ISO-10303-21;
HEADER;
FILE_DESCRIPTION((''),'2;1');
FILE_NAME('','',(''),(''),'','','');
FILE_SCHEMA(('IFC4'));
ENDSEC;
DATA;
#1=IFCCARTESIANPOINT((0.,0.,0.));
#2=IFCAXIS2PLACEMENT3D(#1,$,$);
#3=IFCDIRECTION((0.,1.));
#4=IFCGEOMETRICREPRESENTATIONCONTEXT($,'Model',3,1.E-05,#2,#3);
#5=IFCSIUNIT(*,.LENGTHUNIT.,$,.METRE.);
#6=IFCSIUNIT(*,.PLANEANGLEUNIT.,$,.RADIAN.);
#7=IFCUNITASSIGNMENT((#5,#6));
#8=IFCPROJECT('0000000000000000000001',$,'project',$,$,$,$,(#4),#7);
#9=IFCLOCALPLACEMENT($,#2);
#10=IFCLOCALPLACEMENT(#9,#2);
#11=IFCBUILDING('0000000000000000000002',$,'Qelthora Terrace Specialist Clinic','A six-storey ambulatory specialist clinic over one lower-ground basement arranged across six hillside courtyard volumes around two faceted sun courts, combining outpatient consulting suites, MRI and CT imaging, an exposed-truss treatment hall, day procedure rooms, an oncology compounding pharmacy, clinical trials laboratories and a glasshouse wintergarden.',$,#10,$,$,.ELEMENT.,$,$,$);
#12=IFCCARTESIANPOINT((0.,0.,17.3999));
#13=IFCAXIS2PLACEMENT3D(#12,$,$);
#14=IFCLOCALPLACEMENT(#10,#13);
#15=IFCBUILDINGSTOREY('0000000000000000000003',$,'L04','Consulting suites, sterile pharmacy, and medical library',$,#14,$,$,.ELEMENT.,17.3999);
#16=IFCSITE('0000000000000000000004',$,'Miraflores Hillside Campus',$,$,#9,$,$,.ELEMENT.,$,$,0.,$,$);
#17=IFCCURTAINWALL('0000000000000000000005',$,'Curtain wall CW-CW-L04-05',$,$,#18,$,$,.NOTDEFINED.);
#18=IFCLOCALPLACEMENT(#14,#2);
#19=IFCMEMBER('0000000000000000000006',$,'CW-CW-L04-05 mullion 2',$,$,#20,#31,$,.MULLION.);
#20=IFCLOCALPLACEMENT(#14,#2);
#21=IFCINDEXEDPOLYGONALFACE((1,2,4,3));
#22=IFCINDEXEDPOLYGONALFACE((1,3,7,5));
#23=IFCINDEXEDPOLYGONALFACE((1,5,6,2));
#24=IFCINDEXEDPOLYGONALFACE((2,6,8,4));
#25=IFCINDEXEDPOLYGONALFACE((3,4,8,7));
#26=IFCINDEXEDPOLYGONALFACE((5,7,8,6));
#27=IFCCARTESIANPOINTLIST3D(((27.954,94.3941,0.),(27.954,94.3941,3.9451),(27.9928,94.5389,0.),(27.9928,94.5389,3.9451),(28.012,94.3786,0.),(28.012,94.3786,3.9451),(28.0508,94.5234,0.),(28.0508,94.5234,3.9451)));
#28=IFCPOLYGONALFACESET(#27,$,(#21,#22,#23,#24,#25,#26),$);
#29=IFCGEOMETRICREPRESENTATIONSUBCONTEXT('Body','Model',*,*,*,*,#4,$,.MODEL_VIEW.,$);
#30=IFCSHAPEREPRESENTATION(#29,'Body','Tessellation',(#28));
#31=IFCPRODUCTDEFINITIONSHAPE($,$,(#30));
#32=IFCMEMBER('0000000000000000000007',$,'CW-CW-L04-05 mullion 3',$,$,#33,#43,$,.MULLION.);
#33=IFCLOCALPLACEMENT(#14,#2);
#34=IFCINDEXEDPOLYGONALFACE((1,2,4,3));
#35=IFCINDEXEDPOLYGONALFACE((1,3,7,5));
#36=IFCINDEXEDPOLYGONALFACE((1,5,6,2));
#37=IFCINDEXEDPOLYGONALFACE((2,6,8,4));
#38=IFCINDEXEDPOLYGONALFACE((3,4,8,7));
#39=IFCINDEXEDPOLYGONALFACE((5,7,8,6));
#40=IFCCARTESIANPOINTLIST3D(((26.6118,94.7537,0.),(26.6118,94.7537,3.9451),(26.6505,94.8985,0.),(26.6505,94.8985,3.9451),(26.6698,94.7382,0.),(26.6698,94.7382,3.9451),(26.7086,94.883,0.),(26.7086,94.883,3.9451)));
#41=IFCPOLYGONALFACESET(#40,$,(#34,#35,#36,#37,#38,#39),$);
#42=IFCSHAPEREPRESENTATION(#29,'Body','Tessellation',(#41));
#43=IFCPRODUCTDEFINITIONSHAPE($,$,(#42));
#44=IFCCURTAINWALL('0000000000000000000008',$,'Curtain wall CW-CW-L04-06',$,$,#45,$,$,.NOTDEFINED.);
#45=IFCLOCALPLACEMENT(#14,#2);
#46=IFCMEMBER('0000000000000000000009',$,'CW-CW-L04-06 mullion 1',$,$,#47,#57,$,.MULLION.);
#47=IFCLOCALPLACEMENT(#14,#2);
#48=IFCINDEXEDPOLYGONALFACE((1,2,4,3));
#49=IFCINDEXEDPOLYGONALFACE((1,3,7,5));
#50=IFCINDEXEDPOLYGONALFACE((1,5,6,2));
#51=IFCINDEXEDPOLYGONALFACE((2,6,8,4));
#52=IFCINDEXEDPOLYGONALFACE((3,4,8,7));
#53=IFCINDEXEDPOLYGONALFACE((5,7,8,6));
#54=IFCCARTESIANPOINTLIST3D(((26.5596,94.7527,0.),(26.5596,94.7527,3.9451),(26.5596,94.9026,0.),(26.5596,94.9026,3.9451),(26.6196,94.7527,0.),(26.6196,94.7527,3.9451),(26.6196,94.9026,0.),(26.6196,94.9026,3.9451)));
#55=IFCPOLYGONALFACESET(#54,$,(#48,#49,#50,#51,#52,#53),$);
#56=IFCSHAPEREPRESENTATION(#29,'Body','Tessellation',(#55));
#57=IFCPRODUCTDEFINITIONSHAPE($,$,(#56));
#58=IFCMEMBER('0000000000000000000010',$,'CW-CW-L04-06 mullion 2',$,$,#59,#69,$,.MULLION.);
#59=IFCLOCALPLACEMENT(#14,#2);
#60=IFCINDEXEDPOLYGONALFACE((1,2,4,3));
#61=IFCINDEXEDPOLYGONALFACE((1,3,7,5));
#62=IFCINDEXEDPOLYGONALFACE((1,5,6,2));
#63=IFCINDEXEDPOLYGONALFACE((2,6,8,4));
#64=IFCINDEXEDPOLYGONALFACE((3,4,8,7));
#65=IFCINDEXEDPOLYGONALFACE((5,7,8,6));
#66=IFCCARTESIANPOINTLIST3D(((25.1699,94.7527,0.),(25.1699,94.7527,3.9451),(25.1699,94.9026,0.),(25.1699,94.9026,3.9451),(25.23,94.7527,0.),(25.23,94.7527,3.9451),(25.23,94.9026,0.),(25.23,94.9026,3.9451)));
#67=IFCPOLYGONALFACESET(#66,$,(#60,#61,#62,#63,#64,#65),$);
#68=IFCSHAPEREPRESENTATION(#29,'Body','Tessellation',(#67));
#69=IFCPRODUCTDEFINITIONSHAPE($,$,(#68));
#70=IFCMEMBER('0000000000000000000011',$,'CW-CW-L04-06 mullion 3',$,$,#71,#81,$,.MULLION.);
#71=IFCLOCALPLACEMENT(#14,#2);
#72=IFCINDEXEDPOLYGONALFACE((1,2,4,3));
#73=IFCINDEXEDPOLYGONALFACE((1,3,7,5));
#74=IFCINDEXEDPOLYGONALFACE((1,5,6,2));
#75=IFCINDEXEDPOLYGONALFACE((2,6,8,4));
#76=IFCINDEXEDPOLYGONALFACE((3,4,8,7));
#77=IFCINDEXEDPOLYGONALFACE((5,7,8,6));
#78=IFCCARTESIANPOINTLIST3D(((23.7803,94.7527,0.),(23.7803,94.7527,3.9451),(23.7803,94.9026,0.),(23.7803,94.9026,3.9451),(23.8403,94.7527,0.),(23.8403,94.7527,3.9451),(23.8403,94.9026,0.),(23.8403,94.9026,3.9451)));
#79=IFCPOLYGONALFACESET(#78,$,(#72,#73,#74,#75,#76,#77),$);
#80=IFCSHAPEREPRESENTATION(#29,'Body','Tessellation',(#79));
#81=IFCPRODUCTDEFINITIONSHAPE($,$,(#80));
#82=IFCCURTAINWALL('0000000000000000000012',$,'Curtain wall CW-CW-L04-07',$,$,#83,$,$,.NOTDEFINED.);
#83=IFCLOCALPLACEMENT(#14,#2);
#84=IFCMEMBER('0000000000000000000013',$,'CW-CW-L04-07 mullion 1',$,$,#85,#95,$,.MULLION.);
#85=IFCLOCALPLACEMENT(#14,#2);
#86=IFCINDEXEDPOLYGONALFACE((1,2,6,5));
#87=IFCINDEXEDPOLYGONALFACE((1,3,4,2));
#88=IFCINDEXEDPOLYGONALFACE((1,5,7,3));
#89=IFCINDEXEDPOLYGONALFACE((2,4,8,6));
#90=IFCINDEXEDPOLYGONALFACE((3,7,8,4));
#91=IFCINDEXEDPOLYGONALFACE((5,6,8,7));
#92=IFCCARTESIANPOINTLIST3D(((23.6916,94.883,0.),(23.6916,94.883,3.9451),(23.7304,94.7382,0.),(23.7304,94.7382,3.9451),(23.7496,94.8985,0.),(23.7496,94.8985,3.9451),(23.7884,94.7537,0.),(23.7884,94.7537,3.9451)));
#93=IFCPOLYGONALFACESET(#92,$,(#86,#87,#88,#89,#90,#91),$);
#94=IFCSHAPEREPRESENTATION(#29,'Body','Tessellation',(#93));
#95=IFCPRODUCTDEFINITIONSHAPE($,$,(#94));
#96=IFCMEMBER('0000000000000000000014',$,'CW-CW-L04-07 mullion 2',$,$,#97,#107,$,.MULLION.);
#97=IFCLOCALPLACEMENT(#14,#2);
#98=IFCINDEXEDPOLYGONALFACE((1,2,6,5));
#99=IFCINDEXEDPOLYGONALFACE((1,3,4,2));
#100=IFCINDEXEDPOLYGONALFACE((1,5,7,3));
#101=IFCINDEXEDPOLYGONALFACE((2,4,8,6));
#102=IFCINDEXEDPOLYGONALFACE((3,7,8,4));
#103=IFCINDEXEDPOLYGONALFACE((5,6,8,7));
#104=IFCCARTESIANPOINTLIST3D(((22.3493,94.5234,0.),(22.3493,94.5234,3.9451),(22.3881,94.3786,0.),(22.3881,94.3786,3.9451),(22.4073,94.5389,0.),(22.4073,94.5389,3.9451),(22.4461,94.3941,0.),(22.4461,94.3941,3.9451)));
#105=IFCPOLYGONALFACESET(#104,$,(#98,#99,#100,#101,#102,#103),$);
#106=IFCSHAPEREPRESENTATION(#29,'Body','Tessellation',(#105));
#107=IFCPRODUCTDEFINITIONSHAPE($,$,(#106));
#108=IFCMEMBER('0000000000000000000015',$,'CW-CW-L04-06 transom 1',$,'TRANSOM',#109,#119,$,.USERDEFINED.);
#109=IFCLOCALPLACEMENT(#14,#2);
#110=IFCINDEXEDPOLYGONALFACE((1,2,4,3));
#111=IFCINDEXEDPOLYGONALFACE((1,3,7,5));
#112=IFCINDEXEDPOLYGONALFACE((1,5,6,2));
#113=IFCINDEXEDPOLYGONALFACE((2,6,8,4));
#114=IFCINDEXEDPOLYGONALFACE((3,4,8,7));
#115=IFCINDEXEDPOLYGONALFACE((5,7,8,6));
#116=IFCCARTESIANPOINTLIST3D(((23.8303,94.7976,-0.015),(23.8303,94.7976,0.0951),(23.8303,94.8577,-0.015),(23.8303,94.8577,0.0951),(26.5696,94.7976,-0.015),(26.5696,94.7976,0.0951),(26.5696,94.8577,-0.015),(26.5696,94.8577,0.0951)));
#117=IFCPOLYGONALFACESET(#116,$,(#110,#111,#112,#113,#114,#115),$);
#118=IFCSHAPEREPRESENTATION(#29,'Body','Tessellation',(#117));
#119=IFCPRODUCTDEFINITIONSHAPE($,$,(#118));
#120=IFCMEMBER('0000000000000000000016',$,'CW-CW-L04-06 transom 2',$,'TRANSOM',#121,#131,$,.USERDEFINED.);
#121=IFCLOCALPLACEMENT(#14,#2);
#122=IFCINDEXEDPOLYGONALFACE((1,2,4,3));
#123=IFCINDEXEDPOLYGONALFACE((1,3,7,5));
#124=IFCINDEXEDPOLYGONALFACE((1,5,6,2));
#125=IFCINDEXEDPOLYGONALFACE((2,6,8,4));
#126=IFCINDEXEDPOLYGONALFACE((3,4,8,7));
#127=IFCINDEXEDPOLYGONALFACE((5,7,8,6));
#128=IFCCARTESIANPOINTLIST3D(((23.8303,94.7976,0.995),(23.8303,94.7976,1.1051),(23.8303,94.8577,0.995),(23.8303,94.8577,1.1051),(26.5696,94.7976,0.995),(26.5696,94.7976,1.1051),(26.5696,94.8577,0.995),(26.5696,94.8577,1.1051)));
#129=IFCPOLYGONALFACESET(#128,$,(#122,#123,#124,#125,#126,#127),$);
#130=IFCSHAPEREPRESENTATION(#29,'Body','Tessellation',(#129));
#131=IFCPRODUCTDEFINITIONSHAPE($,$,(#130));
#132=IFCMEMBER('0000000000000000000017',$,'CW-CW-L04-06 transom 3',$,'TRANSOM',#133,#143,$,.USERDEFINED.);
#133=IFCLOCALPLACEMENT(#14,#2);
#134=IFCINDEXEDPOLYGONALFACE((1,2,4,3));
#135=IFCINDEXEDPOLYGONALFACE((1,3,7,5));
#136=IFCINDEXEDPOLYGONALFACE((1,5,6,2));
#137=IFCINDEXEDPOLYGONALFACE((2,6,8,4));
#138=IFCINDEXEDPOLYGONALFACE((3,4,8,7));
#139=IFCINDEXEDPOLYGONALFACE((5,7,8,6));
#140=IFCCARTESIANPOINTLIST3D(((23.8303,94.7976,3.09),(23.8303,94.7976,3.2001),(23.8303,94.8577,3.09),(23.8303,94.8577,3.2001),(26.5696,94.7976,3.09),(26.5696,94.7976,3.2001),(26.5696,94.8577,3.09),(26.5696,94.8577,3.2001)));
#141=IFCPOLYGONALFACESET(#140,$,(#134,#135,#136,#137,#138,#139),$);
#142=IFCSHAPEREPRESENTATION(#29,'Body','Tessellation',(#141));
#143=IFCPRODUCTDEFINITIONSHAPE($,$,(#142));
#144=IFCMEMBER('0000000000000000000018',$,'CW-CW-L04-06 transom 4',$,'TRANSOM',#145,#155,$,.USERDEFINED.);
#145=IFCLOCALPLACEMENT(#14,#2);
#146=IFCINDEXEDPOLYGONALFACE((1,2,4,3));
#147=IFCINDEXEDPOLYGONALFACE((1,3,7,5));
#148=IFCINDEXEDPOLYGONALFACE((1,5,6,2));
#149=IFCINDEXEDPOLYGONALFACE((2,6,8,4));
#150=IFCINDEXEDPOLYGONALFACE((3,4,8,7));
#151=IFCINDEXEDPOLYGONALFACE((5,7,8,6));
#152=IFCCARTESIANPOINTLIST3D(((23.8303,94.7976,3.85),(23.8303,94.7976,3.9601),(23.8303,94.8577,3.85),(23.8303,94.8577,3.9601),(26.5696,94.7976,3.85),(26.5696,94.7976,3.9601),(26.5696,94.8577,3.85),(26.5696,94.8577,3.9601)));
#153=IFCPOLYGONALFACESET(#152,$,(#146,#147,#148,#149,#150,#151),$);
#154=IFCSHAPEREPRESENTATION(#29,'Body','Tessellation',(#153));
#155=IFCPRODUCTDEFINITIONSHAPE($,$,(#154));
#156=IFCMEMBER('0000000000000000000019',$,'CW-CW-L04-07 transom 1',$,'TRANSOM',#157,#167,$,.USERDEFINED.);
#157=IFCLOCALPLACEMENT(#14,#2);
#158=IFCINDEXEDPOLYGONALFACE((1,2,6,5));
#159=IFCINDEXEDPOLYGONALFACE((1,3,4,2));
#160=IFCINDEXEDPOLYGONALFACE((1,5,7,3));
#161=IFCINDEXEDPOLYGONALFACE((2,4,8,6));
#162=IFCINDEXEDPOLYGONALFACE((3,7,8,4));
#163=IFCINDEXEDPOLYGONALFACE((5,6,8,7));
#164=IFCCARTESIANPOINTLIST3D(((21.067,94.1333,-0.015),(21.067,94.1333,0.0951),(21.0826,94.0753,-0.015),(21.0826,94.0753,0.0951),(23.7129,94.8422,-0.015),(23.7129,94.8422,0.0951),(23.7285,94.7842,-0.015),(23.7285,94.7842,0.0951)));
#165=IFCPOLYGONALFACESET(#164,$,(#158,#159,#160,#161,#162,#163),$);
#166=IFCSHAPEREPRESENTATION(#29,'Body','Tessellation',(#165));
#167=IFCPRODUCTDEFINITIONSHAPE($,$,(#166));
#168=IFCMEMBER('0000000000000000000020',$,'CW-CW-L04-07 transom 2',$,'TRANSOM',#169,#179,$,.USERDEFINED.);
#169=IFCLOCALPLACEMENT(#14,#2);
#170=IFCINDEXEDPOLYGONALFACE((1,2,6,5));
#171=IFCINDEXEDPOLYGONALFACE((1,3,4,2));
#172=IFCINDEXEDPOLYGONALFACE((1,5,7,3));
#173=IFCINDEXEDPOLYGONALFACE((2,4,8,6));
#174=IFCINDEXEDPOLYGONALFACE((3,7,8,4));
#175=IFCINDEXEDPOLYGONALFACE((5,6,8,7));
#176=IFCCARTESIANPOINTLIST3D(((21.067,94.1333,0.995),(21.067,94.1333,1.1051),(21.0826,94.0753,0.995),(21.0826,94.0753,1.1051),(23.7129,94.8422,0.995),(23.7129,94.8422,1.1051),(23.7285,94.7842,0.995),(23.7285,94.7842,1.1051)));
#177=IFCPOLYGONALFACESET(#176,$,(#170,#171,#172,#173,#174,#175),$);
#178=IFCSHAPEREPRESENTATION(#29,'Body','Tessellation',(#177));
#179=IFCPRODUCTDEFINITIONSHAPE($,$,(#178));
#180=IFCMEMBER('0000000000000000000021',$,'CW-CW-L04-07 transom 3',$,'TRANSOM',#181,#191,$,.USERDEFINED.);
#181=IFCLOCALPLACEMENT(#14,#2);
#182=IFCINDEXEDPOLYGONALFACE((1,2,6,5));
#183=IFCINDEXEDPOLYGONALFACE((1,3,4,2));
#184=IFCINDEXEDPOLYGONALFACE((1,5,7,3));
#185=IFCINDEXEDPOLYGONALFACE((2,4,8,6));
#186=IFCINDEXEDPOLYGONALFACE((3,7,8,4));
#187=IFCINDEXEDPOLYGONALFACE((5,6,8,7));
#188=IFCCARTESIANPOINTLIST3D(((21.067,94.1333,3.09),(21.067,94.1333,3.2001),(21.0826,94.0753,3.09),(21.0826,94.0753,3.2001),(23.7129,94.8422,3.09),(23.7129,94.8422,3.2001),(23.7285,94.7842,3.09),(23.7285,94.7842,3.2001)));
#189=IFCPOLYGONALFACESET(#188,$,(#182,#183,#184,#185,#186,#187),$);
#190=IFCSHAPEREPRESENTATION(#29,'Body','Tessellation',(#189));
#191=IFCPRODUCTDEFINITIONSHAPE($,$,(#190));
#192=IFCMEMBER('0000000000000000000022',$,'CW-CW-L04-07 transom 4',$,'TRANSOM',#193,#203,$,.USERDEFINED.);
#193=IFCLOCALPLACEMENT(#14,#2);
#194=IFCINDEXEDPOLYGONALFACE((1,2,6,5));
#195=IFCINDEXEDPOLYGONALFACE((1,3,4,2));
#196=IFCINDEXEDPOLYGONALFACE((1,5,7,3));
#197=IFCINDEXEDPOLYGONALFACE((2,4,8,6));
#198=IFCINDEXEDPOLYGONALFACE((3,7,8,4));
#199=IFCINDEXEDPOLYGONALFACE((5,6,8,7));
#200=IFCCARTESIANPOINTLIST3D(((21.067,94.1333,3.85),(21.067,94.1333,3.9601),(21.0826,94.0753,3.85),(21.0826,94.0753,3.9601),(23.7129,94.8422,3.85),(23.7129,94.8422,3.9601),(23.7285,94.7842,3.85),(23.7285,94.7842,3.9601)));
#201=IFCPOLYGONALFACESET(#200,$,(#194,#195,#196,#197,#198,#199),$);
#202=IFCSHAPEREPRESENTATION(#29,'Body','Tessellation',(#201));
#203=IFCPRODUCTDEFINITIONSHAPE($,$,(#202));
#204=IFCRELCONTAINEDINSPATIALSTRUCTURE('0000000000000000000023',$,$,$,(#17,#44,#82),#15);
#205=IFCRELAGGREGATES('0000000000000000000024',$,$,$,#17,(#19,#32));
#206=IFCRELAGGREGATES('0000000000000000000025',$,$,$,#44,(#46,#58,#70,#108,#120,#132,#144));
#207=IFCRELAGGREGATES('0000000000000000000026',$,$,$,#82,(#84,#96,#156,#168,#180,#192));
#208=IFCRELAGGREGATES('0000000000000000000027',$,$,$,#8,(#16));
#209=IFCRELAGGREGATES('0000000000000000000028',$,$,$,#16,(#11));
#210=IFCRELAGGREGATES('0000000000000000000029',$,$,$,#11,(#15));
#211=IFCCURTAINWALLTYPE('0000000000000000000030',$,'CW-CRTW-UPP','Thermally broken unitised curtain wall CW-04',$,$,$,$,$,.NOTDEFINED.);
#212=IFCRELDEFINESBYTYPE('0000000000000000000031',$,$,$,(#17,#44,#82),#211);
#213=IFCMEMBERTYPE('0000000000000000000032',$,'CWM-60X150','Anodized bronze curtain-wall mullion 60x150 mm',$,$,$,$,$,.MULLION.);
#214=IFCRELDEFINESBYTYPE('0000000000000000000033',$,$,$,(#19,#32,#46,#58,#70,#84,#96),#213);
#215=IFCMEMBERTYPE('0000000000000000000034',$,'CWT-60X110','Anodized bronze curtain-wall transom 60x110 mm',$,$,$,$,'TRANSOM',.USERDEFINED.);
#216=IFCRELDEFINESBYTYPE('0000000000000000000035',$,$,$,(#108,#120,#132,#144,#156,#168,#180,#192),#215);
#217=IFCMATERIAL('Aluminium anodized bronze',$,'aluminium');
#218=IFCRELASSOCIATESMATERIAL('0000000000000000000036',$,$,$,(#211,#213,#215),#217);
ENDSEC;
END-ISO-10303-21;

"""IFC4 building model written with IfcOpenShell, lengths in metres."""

from ifc_helpers import new_model, si_unit, direction, frame, origin, origin_2d, place, context, subcontext, project, spatial, rectangle, extrude, material, material_profile, profile_set, type_object, element, aggregate, save


model = new_model("IFC4")

# Units and contexts
model_context = context("Model", 3, precision=1e-05, world=origin(), true_north=direction((0.0, 1.0)))
body_context = subcontext(model_context, "Body", "Model", "MODEL_VIEW")
ifc_project = project(units=[si_unit("LENGTHUNIT", "METRE"), si_unit("PLANEANGLEUNIT", "RADIAN")], contexts=[model_context])

# Site, building, storey
site_placement = place(None, origin())
site = spatial("IfcSite", under=ifc_project, at=site_placement, Name="Miraflores Hillside Campus", CompositionType="ELEMENT", RefElevation=0.0)
building_placement = place(site_placement, origin())
building = spatial("IfcBuilding", under=site, at=building_placement, Name="Qelthora Terrace Specialist Clinic", Description="A six-storey ambulatory specialist clinic over one lower-ground basement arranged across six hillside courtyard volumes around two faceted sun courts, combining outpatient consulting suites, MRI and CT imaging, an exposed-truss treatment hall, day procedure rooms, an oncology compounding pharmacy, clinical trials laboratories and a glasshouse wintergarden.", CompositionType="ELEMENT")
storey_placement = place(building_placement, frame((0.0, 0.0, 17.3999)))
storey = spatial("IfcBuildingStorey", under=building, at=storey_placement, Name="L04", Description="Consulting suites, sterile pharmacy, and medical library", CompositionType="ELEMENT", Elevation=17.3999)

# Curtain walls, members
ifc_material_1 = material(Name="Aluminium anodized bronze", Category="aluminium")
curtain_wall_type = type_object("IfcCurtainWallType", Name="CW-CRTW-UPP", Description="Thermally broken unitised curtain wall CW-04", PredefinedType="NOTDEFINED", material=ifc_material_1)
curtain_wall_1_placement = place(storey_placement, origin())
curtain_wall_1 = element("IfcCurtainWall", 1, at=curtain_wall_1_placement, inside=storey, type_object=curtain_wall_type, Name="Curtain wall CW-CW-L04-05", PredefinedType="NOTDEFINED")
ifc_material_profile_1 = material_profile(ifc_material_1, rectangle(XDim=0.0601, YDim=0.1499, at=origin_2d()), Name="CWM60X150")
ifc_profile_set_1 = profile_set([ifc_material_profile_1], Name="Aluminium anodized bronze")
member_type_1 = type_object("IfcMemberType", Name="CWM-60X150", Description="Anodized bronze curtain-wall mullion 60x150 mm", PredefinedType="MULLION", material=ifc_profile_set_1)
member_1_placement = place(storey_placement, frame((28.0024, 94.4587, 0.0), z_axis=(0.0, 0.0, 1.0), x_axis=(-0.965925, 0.25882, 0.0)))
member_1 = element("IfcMember", 2, at=member_1_placement, type_object=member_type_1, Name="CW-CW-L04-05 mullion 2", PredefinedType="MULLION", context=body_context, shape_type="SweptSolid", body=[
    extrude(rectangle(XDim=0.0601, YDim=0.1499, at=origin_2d()), origin(), (0.0, 0.0, 1.0), 3.9451),
])
member_2_placement = place(storey_placement, frame((26.6602, 94.8184, 0.0), z_axis=(0.0, 0.0, 1.0), x_axis=(-0.965925, 0.25882, 0.0)))
member_2 = element("IfcMember", 3, at=member_2_placement, type_object=member_type_1, Name="CW-CW-L04-05 mullion 3", PredefinedType="MULLION", context=body_context, shape_type="SweptSolid", body=[
    extrude(rectangle(XDim=0.0601, YDim=0.1499, at=origin_2d()), origin(), (0.0, 0.0, 1.0), 3.9451),
])
curtain_wall_2_placement = place(storey_placement, origin())
curtain_wall_2 = element("IfcCurtainWall", 4, at=curtain_wall_2_placement, inside=storey, type_object=curtain_wall_type, Name="Curtain wall CW-CW-L04-06", PredefinedType="NOTDEFINED")
member_3_placement = place(storey_placement, frame((26.5896, 94.8276, 0.0), z_axis=(0.0, 0.0, 1.0), x_axis=(-1.0, 0.0, 0.0)))
member_3 = element("IfcMember", 5, at=member_3_placement, type_object=member_type_1, Name="CW-CW-L04-06 mullion 1", PredefinedType="MULLION", context=body_context, shape_type="SweptSolid", body=[
    extrude(rectangle(XDim=0.0601, YDim=0.1499, at=origin_2d()), origin(), (0.0, 0.0, 1.0), 3.9451),
])
member_4_placement = place(storey_placement, frame((25.2, 94.8276, 0.0), z_axis=(0.0, 0.0, 1.0), x_axis=(-1.0, 0.0, 0.0)))
member_4 = element("IfcMember", 6, at=member_4_placement, type_object=member_type_1, Name="CW-CW-L04-06 mullion 2", PredefinedType="MULLION", context=body_context, shape_type="SweptSolid", body=[
    extrude(rectangle(XDim=0.0601, YDim=0.1499, at=origin_2d()), origin(), (0.0, 0.0, 1.0), 3.9451),
])
member_5_placement = place(storey_placement, frame((23.8103, 94.8276, 0.0), z_axis=(0.0, 0.0, 1.0), x_axis=(-1.0, 0.0, 0.0)))
member_5 = element("IfcMember", 7, at=member_5_placement, type_object=member_type_1, Name="CW-CW-L04-06 mullion 3", PredefinedType="MULLION", context=body_context, shape_type="SweptSolid", body=[
    extrude(rectangle(XDim=0.0601, YDim=0.1499, at=origin_2d()), origin(), (0.0, 0.0, 1.0), 3.9451),
])
curtain_wall_3_placement = place(storey_placement, origin())
curtain_wall_3 = element("IfcCurtainWall", 8, at=curtain_wall_3_placement, inside=storey, type_object=curtain_wall_type, Name="Curtain wall CW-CW-L04-07", PredefinedType="NOTDEFINED")
member_6_placement = place(storey_placement, frame((23.74, 94.8184, 0.0), z_axis=(0.0, 0.0, 1.0), x_axis=(-0.965925, -0.25882, 0.0)))
member_6 = element("IfcMember", 9, at=member_6_placement, type_object=member_type_1, Name="CW-CW-L04-07 mullion 1", PredefinedType="MULLION", context=body_context, shape_type="SweptSolid", body=[
    extrude(rectangle(XDim=0.0601, YDim=0.1499, at=origin_2d()), origin(), (0.0, 0.0, 1.0), 3.9451),
])
member_7_placement = place(storey_placement, frame((22.3977, 94.4587, 0.0), z_axis=(0.0, 0.0, 1.0), x_axis=(-0.965925, -0.25882, 0.0)))
member_7 = element("IfcMember", 10, at=member_7_placement, type_object=member_type_1, Name="CW-CW-L04-07 mullion 2", PredefinedType="MULLION", context=body_context, shape_type="SweptSolid", body=[
    extrude(rectangle(XDim=0.0601, YDim=0.1499, at=origin_2d()), origin(), (0.0, 0.0, 1.0), 3.9451),
])

# Members
ifc_material_profile_2 = material_profile(ifc_material_1, rectangle(XDim=0.0601, YDim=0.1101, at=origin_2d()), Name="CWT60X110")
ifc_profile_set_2 = profile_set([ifc_material_profile_2], Name="Aluminium anodized bronze")
member_type_2 = type_object("IfcMemberType", Name="CWT-60X110", Description="Anodized bronze curtain-wall transom 60x110 mm", ElementType="TRANSOM", PredefinedType="USERDEFINED", material=ifc_profile_set_2)
member_8_placement = place(storey_placement, frame((26.5696, 94.8276, 0.04), z_axis=(-1.0, 0.0, 0.0), x_axis=(0.0, -1.0, 0.0)))
member_8 = element("IfcMember", 11, at=member_8_placement, type_object=member_type_2, Name="CW-CW-L04-06 transom 1", ObjectType="TRANSOM", PredefinedType="USERDEFINED", context=body_context, shape_type="SweptSolid", body=[
    extrude(rectangle(XDim=0.0601, YDim=0.1101, at=origin_2d()), origin(), (0.0, 0.0, 1.0), 2.7393),
])
member_9_placement = place(storey_placement, frame((26.5696, 94.8276, 1.05), z_axis=(-1.0, 0.0, 0.0), x_axis=(0.0, -1.0, 0.0)))
member_9 = element("IfcMember", 12, at=member_9_placement, type_object=member_type_2, Name="CW-CW-L04-06 transom 2", ObjectType="TRANSOM", PredefinedType="USERDEFINED", context=body_context, shape_type="SweptSolid", body=[
    extrude(rectangle(XDim=0.0601, YDim=0.1101, at=origin_2d()), origin(), (0.0, 0.0, 1.0), 2.7393),
])
member_10_placement = place(storey_placement, frame((26.5696, 94.8276, 3.145), z_axis=(-1.0, 0.0, 0.0), x_axis=(0.0, -1.0, 0.0)))
member_10 = element("IfcMember", 13, at=member_10_placement, type_object=member_type_2, Name="CW-CW-L04-06 transom 3", ObjectType="TRANSOM", PredefinedType="USERDEFINED", context=body_context, shape_type="SweptSolid", body=[
    extrude(rectangle(XDim=0.0601, YDim=0.1101, at=origin_2d()), origin(), (0.0, 0.0, 1.0), 2.7393),
])
member_11_placement = place(storey_placement, frame((26.5696, 94.8276, 3.905), z_axis=(-1.0, 0.0, 0.0), x_axis=(0.0, -1.0, 0.0)))
member_11 = element("IfcMember", 14, at=member_11_placement, type_object=member_type_2, Name="CW-CW-L04-06 transom 4", ObjectType="TRANSOM", PredefinedType="USERDEFINED", context=body_context, shape_type="SweptSolid", body=[
    extrude(rectangle(XDim=0.0601, YDim=0.1101, at=origin_2d()), origin(), (0.0, 0.0, 1.0), 2.7393),
])
member_12_placement = place(storey_placement, frame((23.7207, 94.8132, 0.04), z_axis=(-0.965927, -0.258816, 0.0), x_axis=(0.258816, -0.965927, 0.0)))
member_12 = element("IfcMember", 15, at=member_12_placement, type_object=member_type_2, Name="CW-CW-L04-07 transom 1", ObjectType="TRANSOM", PredefinedType="USERDEFINED", context=body_context, shape_type="SweptSolid", body=[
    extrude(rectangle(XDim=0.0601, YDim=0.1101, at=origin_2d()), origin(), (0.0, 0.0, 1.0), 2.7393),
])
member_13_placement = place(storey_placement, frame((23.7207, 94.8132, 1.05), z_axis=(-0.965927, -0.258816, 0.0), x_axis=(0.258816, -0.965927, 0.0)))
member_13 = element("IfcMember", 16, at=member_13_placement, type_object=member_type_2, Name="CW-CW-L04-07 transom 2", ObjectType="TRANSOM", PredefinedType="USERDEFINED", context=body_context, shape_type="SweptSolid", body=[
    extrude(rectangle(XDim=0.0601, YDim=0.1101, at=origin_2d()), origin(), (0.0, 0.0, 1.0), 2.7393),
])
member_14_placement = place(storey_placement, frame((23.7207, 94.8132, 3.145), z_axis=(-0.965927, -0.258816, 0.0), x_axis=(0.258816, -0.965927, 0.0)))
member_14 = element("IfcMember", 17, at=member_14_placement, type_object=member_type_2, Name="CW-CW-L04-07 transom 3", ObjectType="TRANSOM", PredefinedType="USERDEFINED", context=body_context, shape_type="SweptSolid", body=[
    extrude(rectangle(XDim=0.0601, YDim=0.1101, at=origin_2d()), origin(), (0.0, 0.0, 1.0), 2.7393),
])
member_15_placement = place(storey_placement, frame((23.7207, 94.8132, 3.905), z_axis=(-0.965927, -0.258816, 0.0), x_axis=(0.258816, -0.965927, 0.0)))
member_15 = element("IfcMember", 18, at=member_15_placement, type_object=member_type_2, Name="CW-CW-L04-07 transom 4", ObjectType="TRANSOM", PredefinedType="USERDEFINED", context=body_context, shape_type="SweptSolid", body=[
    extrude(rectangle(XDim=0.0601, YDim=0.1101, at=origin_2d()), origin(), (0.0, 0.0, 1.0), 2.7393),
])

aggregate(curtain_wall_1, [member_1, member_2])
aggregate(curtain_wall_2, [member_3, member_4, member_5, member_8, member_9, member_10, member_11])
aggregate(curtain_wall_3, [member_6, member_7, member_12, member_13, member_14, member_15])

save(model, "model.ifc")
